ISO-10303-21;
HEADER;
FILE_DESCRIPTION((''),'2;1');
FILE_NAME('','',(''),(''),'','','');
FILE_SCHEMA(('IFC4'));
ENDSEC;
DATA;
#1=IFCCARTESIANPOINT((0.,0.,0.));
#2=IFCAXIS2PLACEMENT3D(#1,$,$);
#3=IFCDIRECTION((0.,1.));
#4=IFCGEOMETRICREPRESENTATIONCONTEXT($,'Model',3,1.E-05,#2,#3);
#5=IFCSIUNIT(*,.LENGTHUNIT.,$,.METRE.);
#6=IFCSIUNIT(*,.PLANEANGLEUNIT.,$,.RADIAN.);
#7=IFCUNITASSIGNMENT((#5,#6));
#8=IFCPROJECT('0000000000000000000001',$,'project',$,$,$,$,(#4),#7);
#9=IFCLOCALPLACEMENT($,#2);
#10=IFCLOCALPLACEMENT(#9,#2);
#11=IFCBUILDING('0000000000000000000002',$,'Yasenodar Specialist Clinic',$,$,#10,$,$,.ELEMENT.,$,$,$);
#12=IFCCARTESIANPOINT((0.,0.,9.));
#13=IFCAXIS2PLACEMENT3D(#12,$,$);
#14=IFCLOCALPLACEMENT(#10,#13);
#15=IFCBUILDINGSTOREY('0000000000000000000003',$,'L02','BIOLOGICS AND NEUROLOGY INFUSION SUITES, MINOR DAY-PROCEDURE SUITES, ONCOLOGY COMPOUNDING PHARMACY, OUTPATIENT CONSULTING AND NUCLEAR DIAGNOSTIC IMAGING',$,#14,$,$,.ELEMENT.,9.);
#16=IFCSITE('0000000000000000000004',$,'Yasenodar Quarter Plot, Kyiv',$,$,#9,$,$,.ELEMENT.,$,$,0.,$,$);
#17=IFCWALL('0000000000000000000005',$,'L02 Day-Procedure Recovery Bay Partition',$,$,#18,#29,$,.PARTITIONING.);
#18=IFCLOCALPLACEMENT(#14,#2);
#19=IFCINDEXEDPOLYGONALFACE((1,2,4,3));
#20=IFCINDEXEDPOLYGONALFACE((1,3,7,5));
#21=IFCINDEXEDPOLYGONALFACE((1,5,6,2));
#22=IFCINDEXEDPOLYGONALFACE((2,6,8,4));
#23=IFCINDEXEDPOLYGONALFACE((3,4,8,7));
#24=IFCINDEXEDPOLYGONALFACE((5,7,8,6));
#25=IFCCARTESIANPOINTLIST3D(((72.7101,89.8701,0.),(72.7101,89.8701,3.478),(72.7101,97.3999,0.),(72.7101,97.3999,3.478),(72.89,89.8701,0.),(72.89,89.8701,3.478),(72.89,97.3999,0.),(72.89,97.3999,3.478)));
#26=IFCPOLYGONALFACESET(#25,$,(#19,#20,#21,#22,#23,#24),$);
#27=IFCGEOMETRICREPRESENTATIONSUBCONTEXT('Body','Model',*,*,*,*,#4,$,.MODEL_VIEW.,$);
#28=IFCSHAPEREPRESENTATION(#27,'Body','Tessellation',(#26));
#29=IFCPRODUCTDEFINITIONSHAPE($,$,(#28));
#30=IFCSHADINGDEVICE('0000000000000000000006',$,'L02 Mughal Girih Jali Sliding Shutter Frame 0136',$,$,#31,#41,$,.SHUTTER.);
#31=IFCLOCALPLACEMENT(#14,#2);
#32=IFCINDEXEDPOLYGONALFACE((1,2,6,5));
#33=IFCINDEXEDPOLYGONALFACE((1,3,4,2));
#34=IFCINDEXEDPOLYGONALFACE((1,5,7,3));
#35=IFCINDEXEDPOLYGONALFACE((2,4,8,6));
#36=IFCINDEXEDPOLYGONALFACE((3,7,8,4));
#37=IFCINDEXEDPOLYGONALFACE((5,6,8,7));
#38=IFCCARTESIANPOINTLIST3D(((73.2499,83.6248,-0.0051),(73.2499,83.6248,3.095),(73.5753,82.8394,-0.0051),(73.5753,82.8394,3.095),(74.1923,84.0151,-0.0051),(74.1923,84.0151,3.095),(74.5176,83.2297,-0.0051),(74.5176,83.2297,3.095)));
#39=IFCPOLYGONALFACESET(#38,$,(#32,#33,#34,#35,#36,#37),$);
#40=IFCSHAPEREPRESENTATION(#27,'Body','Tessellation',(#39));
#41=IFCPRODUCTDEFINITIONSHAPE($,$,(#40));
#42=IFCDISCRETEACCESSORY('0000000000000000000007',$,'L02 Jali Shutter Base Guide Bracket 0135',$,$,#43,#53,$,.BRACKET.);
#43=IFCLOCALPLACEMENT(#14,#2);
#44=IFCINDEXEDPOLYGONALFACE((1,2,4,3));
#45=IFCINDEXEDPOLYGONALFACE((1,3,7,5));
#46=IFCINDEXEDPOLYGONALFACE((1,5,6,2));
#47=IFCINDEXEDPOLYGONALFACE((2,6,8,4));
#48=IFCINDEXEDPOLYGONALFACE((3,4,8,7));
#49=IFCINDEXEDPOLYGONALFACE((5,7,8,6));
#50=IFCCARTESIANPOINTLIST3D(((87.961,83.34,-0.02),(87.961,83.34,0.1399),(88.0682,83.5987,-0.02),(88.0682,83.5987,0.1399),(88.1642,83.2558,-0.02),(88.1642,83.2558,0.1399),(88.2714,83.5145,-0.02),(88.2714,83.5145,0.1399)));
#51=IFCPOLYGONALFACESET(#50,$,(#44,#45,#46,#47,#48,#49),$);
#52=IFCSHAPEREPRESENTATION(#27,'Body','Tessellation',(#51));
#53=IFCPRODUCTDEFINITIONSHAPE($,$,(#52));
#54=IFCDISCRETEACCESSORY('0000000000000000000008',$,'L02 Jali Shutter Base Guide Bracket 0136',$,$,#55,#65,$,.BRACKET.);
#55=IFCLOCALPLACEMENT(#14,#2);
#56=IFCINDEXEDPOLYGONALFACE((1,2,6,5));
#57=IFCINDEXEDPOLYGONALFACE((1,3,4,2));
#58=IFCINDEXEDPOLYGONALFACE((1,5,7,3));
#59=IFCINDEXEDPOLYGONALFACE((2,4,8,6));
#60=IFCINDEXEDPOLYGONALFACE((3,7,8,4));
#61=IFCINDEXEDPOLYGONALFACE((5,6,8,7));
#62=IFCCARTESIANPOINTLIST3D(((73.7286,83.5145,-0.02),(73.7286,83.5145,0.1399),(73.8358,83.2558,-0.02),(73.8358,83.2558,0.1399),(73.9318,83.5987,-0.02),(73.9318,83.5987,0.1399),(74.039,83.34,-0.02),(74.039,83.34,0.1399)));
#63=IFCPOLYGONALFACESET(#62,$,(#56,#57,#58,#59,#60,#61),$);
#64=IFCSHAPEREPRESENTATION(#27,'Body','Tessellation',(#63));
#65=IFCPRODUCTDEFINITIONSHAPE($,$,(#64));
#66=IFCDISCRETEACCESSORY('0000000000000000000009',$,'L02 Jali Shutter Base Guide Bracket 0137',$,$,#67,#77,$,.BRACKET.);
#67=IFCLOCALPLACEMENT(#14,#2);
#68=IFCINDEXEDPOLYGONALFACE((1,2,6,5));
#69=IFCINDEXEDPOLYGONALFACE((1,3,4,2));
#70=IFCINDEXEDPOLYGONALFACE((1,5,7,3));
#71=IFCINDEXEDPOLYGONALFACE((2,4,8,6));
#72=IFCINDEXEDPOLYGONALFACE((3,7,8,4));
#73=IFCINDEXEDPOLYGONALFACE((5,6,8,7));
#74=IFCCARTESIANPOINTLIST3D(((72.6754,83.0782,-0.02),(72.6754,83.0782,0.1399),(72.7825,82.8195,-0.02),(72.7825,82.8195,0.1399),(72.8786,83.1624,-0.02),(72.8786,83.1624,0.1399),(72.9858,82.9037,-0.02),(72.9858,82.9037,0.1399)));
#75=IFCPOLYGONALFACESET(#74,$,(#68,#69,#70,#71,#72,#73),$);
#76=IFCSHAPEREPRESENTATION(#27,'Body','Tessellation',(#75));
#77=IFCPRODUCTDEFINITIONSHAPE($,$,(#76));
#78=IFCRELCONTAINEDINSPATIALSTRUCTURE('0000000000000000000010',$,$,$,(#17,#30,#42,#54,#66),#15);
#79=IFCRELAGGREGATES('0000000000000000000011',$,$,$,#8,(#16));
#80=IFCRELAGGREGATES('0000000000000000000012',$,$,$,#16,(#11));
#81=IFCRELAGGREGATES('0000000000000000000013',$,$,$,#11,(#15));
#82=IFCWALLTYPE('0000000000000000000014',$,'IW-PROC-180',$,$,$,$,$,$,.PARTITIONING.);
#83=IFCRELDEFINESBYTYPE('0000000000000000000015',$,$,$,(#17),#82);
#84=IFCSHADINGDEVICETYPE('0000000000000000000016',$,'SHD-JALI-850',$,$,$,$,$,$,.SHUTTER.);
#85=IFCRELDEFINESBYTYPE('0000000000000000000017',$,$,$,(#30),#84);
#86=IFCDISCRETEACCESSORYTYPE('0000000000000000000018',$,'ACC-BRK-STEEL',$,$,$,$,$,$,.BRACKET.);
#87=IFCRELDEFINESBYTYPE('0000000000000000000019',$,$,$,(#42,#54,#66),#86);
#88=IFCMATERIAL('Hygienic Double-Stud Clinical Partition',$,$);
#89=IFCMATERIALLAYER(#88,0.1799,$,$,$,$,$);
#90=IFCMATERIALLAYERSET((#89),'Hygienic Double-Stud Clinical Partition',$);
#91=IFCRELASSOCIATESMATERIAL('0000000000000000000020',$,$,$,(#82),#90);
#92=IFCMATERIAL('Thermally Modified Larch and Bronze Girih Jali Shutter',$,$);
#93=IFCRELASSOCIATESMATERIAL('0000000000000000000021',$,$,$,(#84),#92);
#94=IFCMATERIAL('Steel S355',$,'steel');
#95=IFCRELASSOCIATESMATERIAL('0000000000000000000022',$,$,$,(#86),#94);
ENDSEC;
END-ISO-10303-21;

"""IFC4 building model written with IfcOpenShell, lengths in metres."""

from ifc_helpers import new_model, si_unit, direction, frame, frame_2d, origin, origin_2d, place, context, subcontext, project, spatial, rectangle, extrude, material, layer, layer_set, type_object, element, save


model = new_model("IFC4")

# Units and contexts
model_context = context("Model", 3, precision=1e-05, world=origin(), true_north=direction((0.0, 1.0)))
body_context = subcontext(model_context, "Body", "Model", "MODEL_VIEW")
ifc_project = project(units=[si_unit("LENGTHUNIT", "METRE"), si_unit("PLANEANGLEUNIT", "RADIAN")], contexts=[model_context])

# Site, building, storey
site_placement = place(None, origin())
site = spatial("IfcSite", under=ifc_project, at=site_placement, Name="Yasenodar Quarter Plot, Kyiv", CompositionType="ELEMENT", RefElevation=0.0)
building_placement = place(site_placement, origin())
building = spatial("IfcBuilding", under=site, at=building_placement, Name="Yasenodar Specialist Clinic", CompositionType="ELEMENT")
storey_placement = place(building_placement, frame((0.0, 0.0, 9.0)))
storey = spatial("IfcBuildingStorey", under=building, at=storey_placement, Name="L02", Description="BIOLOGICS AND NEUROLOGY INFUSION SUITES, MINOR DAY-PROCEDURE SUITES, ONCOLOGY COMPOUNDING PHARMACY, OUTPATIENT CONSULTING AND NUCLEAR DIAGNOSTIC IMAGING", CompositionType="ELEMENT", Elevation=9.0)

# Shared definitions
ifc_material_1 = material(Name="Steel S355", Category="steel")

# Shared definitions
ifc_material_2 = material(Name="Hygienic Double-Stud Clinical Partition")
ifc_layer_1 = layer(ifc_material_2, 0.1799)
ifc_layer_set_1 = layer_set([ifc_layer_1], Name="Hygienic Double-Stud Clinical Partition")
wall_type = type_object("IfcWallType", Name="IW-PROC-180", PredefinedType="PARTITIONING", material=ifc_layer_set_1)

# Wall
wall_1_placement = place(storey_placement, frame((72.8, 89.8701, 0.0), z_axis=(0.0, 0.0, 1.0), x_axis=(0.0, 1.0, 0.0)))
element("IfcWall", 1, at=wall_1_placement, inside=storey, type_object=wall_type, Name="L02 Day-Procedure Recovery Bay Partition", PredefinedType="PARTITIONING", context=body_context, shape_type="SweptSolid", body=[
    extrude(rectangle(XDim=7.5298, YDim=0.1799, at=frame_2d((3.7649, 0.0))), origin(), (0.0, 0.0, 1.0), 3.478),
])

# Shading device
ifc_material_3 = material(Name="Thermally Modified Larch and Bronze Girih Jali Shutter")
shading_device_type = type_object("IfcShadingDeviceType", Name="SHD-JALI-850", PredefinedType="SHUTTER", material=ifc_material_3)
shading_device_placement = place(storey_placement, frame((73.8838, 83.4272, -0.0051), z_axis=(0.0, 0.0, 1.0), x_axis=(-0.923878, -0.382687, 0.0)))
element("IfcShadingDevice", 2, at=shading_device_placement, inside=storey, type_object=shading_device_type, Name="L02 Mughal Girih Jali Sliding Shutter Frame 0136", PredefinedType="SHUTTER", context=body_context, shape_type="SweptSolid", body=[
    extrude(rectangle(XDim=1.02, YDim=0.8501, at=origin_2d()), origin(), (0.0, 0.0, 1.0), 3.1001),
])

# Discrete accessories
discrete_accessory_type = type_object("IfcDiscreteAccessoryType", Name="ACC-BRK-STEEL", PredefinedType="BRACKET", material=ifc_material_1)
for number, where, z_axis, x_axis, name in (
    (3, (88.1162, 83.4272, -0.02), (0.0, 0.0, 1.0), (-0.923878, 0.382687, 0.0), "L02 Jali Shutter Base Guide Bracket 0135"),
    (4, (73.8838, 83.4272, -0.02), (0.0, 0.0, 1.0), (-0.923878, -0.382687, 0.0), "L02 Jali Shutter Base Guide Bracket 0136"),
    (5, (72.8306, 82.991, -0.02), (0.0, 0.0, 1.0), (-0.923878, -0.382687, 0.0), "L02 Jali Shutter Base Guide Bracket 0137"),
):
    element("IfcDiscreteAccessory", number, at=place(storey_placement, frame(where, z_axis=z_axis, x_axis=x_axis)), inside=storey, type_object=discrete_accessory_type, Name=name, PredefinedType="BRACKET", context=body_context, shape_type="SweptSolid", body=[
        extrude(rectangle(XDim=0.22, YDim=0.28, at=origin_2d()), origin(), (0.0, 0.0, 1.0), 0.1599),
    ])

save(model, "model.ifc")
